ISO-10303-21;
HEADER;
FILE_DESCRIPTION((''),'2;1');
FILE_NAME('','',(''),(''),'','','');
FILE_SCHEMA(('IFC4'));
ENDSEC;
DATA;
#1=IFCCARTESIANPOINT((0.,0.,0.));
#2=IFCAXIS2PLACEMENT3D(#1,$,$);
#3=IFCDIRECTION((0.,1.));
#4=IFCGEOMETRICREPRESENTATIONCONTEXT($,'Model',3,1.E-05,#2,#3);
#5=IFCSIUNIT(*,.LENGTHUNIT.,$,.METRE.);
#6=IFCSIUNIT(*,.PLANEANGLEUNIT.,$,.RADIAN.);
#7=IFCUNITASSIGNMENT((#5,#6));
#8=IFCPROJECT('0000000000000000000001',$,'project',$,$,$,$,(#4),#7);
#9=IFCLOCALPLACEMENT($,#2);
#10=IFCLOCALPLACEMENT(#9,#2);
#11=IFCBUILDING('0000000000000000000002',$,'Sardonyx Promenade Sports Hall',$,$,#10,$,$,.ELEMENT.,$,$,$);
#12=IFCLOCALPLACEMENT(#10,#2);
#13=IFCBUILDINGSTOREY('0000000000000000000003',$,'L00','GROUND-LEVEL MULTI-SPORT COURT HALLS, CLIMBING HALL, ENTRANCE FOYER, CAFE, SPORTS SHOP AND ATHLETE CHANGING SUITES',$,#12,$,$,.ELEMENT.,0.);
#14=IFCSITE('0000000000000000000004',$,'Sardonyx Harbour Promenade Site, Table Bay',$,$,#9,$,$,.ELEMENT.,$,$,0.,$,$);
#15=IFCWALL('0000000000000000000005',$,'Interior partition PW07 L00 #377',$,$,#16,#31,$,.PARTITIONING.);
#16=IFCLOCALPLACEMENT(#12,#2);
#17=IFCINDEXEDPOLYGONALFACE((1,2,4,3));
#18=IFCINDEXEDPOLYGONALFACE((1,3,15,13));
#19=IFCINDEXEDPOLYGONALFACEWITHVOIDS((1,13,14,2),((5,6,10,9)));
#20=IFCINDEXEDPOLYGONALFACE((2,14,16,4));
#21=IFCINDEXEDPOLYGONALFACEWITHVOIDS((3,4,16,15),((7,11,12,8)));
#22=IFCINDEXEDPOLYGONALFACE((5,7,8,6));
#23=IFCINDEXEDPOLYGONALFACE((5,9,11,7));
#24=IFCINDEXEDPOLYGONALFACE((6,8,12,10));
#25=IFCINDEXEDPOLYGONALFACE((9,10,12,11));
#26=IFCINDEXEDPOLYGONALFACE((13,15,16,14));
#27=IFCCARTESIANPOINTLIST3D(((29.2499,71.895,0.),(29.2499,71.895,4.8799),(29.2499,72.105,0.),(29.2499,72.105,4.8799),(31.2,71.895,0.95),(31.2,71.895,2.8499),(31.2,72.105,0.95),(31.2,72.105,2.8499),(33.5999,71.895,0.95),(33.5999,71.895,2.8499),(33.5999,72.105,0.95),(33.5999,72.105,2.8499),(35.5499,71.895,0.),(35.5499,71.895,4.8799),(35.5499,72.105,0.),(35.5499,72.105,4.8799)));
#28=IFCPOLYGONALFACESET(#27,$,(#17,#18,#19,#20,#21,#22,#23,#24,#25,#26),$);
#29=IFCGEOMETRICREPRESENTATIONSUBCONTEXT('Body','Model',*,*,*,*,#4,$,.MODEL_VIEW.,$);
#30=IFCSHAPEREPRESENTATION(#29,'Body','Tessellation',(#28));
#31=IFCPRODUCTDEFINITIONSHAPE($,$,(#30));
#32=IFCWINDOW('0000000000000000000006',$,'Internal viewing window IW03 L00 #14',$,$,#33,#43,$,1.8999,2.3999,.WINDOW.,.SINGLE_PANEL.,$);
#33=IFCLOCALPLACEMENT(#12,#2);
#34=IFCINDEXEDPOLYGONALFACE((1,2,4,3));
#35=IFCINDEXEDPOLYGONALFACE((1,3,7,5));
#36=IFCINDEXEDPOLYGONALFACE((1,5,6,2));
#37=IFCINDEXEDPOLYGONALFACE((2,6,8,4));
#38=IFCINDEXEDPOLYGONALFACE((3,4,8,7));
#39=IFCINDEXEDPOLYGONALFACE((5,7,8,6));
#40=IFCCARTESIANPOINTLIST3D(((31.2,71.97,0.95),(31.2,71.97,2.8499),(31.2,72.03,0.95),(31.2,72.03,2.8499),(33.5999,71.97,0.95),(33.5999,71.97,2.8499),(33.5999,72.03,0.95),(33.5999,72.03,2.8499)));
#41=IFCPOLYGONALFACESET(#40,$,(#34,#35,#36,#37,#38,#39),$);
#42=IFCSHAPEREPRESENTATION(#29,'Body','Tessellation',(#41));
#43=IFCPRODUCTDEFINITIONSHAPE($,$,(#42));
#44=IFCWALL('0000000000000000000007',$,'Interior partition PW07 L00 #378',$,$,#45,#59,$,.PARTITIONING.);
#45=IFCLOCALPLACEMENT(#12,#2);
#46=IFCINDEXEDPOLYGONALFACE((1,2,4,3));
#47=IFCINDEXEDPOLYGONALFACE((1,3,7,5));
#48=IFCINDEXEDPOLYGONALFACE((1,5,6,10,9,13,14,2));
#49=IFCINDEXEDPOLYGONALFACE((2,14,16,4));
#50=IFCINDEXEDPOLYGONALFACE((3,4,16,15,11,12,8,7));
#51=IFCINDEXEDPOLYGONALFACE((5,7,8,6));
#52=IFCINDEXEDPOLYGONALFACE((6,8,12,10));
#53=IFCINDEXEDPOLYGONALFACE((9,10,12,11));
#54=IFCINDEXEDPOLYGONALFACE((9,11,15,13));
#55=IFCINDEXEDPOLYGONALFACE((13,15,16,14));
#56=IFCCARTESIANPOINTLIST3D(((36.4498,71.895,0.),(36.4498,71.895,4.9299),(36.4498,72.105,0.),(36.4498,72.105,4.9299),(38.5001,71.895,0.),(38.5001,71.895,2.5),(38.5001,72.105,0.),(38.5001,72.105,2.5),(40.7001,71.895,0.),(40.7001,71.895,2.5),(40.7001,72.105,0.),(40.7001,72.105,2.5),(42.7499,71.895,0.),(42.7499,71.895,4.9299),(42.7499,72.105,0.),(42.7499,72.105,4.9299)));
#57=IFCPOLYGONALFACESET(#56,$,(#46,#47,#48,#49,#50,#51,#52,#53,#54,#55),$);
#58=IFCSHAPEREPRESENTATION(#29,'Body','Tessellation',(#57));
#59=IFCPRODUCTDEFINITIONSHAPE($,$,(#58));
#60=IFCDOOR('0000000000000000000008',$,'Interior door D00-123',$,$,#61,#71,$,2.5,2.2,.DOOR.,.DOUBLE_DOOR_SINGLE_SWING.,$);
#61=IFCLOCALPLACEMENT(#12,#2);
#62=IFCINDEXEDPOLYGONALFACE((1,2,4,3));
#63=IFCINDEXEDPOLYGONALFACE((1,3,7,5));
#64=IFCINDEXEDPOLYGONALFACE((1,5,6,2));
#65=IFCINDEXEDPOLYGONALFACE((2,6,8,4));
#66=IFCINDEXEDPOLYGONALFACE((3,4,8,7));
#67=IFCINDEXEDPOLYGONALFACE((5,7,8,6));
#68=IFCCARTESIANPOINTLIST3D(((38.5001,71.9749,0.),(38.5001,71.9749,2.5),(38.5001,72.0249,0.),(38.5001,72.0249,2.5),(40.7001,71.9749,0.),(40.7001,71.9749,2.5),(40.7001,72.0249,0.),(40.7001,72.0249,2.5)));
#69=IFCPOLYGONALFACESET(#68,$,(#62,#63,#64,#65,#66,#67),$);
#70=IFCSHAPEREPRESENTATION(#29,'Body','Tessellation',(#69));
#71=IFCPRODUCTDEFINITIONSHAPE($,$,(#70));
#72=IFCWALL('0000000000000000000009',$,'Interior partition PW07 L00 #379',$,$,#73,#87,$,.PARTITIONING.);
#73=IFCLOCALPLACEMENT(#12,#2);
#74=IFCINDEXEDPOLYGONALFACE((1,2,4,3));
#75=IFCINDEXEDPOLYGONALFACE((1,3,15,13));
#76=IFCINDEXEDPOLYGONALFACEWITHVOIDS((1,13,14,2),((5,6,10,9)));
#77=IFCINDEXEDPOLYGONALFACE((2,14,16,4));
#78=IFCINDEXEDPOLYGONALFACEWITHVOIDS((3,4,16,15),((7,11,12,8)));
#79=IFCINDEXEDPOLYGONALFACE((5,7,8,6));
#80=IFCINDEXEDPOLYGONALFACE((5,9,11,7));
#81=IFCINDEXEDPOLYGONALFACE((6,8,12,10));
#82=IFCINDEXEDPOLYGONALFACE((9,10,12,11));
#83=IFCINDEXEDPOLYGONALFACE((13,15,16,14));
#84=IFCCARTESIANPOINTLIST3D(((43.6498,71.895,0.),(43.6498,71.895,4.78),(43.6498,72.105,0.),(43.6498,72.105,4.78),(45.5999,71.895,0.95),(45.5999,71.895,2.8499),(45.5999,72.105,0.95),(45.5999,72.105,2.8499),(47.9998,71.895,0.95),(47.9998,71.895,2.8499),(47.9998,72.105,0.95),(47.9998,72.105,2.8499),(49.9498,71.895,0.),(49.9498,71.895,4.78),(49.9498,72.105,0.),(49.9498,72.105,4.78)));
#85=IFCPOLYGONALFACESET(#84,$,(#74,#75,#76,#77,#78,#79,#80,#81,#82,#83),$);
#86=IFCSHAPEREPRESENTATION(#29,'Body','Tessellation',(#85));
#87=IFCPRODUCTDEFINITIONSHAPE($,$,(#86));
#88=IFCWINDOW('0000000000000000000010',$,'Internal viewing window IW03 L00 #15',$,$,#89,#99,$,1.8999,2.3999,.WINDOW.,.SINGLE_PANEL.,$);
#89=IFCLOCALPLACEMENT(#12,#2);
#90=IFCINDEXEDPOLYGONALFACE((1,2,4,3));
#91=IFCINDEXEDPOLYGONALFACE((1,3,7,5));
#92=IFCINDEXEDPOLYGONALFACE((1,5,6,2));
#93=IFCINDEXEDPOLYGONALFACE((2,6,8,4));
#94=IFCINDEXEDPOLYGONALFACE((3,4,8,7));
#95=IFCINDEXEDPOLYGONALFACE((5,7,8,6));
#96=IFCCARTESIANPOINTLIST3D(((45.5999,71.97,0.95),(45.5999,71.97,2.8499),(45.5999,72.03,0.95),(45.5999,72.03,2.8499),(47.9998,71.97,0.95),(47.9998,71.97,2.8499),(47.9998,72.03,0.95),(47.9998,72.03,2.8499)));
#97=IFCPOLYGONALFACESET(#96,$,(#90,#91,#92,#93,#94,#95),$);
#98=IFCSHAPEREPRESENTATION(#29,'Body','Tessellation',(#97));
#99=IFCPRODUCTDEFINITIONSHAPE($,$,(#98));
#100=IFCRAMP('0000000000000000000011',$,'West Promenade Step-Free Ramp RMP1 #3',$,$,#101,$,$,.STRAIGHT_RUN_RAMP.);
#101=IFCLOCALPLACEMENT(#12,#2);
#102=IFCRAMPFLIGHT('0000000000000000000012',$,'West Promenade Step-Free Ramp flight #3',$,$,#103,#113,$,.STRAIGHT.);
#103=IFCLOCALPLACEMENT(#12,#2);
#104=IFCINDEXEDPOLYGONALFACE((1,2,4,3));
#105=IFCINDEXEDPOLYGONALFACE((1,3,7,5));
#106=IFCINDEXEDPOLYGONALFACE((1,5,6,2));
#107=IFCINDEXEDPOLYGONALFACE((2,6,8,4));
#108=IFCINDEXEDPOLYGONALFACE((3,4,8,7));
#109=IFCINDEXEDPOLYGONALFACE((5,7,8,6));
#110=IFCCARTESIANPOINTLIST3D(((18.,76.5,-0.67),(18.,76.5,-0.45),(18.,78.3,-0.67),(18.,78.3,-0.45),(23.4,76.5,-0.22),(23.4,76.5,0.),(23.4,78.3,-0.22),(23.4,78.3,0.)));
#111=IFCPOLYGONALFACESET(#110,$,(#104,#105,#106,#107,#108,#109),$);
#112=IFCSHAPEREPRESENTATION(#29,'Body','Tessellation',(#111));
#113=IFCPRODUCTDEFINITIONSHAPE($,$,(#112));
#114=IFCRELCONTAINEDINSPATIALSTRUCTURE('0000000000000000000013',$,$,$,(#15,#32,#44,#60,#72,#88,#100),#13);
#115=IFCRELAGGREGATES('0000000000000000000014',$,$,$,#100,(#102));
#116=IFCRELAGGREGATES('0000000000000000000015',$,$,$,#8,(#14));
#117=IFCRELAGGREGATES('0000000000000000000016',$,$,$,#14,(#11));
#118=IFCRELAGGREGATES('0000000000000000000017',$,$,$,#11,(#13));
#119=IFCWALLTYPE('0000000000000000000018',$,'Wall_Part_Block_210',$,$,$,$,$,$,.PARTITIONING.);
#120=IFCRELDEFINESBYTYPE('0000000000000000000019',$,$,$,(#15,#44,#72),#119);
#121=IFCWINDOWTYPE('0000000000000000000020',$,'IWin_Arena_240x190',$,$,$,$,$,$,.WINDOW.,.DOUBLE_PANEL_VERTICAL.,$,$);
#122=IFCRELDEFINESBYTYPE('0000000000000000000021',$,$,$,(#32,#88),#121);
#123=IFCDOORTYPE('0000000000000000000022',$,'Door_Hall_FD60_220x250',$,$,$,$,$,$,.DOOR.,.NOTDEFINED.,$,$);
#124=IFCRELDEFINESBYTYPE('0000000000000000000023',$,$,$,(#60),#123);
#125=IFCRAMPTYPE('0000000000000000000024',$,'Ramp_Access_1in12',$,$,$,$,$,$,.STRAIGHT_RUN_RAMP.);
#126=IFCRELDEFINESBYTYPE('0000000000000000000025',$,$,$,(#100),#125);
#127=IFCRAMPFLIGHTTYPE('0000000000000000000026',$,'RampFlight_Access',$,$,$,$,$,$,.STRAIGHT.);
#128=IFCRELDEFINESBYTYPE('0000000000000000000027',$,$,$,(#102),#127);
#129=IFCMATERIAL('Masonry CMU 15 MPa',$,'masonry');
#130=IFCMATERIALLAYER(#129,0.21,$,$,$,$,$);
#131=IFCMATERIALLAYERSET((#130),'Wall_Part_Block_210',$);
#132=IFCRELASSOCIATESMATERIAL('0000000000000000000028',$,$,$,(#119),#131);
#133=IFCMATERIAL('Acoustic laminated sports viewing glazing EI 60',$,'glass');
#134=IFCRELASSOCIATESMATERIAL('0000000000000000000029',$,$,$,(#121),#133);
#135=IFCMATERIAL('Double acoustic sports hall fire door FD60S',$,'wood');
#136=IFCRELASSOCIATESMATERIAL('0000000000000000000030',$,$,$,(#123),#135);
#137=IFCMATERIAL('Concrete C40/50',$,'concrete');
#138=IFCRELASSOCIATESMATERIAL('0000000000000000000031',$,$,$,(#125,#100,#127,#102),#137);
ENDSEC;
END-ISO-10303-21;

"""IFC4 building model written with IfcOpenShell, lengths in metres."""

from ifc_helpers import new_model, si_unit, direction, frame, frame_2d, origin, place, context, subcontext, project, spatial, polyline, rectangle, outline, extrude, material, layer, layer_set, type_object, element, fill, aggregate, save


model = new_model("IFC4")

# Units and contexts
model_context = context("Model", 3, precision=1e-05, world=origin(), true_north=direction((0.0, 1.0)))
body_context = subcontext(model_context, "Body", "Model", "MODEL_VIEW")
ifc_project = project(units=[si_unit("LENGTHUNIT", "METRE"), si_unit("PLANEANGLEUNIT", "RADIAN")], contexts=[model_context])

# Site, building, storey
site_placement = place(None, origin())
site = spatial("IfcSite", under=ifc_project, at=site_placement, Name="Sardonyx Harbour Promenade Site, Table Bay", CompositionType="ELEMENT", RefElevation=0.0)
building_placement = place(site_placement, origin())
building = spatial("IfcBuilding", under=site, at=building_placement, Name="Sardonyx Promenade Sports Hall", CompositionType="ELEMENT")
storey_placement = place(building_placement, origin())
storey = spatial("IfcBuildingStorey", under=building, at=storey_placement, Name="L00", Description="GROUND-LEVEL MULTI-SPORT COURT HALLS, CLIMBING HALL, ENTRANCE FOYER, CAFE, SPORTS SHOP AND ATHLETE CHANGING SUITES", CompositionType="ELEMENT", Elevation=0.0)

# Wall, opening, window
ifc_material_1 = material(Name="Masonry CMU 15 MPa", Category="masonry")
ifc_layer_1 = layer(ifc_material_1, 0.21)
ifc_layer_set_1 = layer_set([ifc_layer_1], Name="Wall_Part_Block_210")
wall_type_1 = type_object("IfcWallType", Name="Wall_Part_Block_210", PredefinedType="PARTITIONING", material=ifc_layer_set_1)
wall_1_placement = place(storey_placement, frame((29.25, 72.0, 0.0), z_axis=(0.0, 0.0, 1.0), x_axis=(1.0, 0.0, 0.0)))
wall_1 = element("IfcWall", 1, at=wall_1_placement, inside=storey, type_object=wall_type_1, Name="Interior partition PW07 L00 #377", PredefinedType="PARTITIONING", context=body_context, shape_type="SweptSolid", body=[
    extrude(rectangle(XDim=6.3, YDim=0.21, at=frame_2d((3.1499, 0.0))), origin(), (0.0, 0.0, 1.0), 4.8799),
])
opening_1_placement = place(wall_1_placement, frame((1.95, 0.0, 0.95)))
opening_1 = element("IfcOpeningElement", 2, at=opening_1_placement, cuts=wall_1, PredefinedType="OPENING", context=body_context, shape_type="SweptSolid", body=[
    extrude(rectangle(XDim=2.3999, YDim=1.8999, at=frame_2d((1.2, 0.95))), frame((0.0, 0.115, 0.0), z_axis=(0.0, -1.0, 0.0), x_axis=(1.0, 0.0, 0.0)), (0.0, 0.0, 1.0), 0.23),
])
ifc_material_2 = material(Name="Acoustic laminated sports viewing glazing EI 60", Category="glass")
window_type_1 = type_object("IfcWindowType", Name="IWin_Arena_240x190", PartitioningType="DOUBLE_PANEL_VERTICAL", PredefinedType="WINDOW", material=ifc_material_2)
window_1_placement = place(opening_1_placement, origin())
window_1 = element("IfcWindow", 3, at=window_1_placement, inside=storey, type_object=window_type_1, Name="Internal viewing window IW03 L00 #14", OverallHeight=1.8999, OverallWidth=2.3999, PartitioningType="SINGLE_PANEL", PredefinedType="WINDOW", context=body_context, shape_type="SweptSolid", body=[
    extrude(rectangle(XDim=2.3999, YDim=1.8999, at=frame_2d((1.2, 0.95))), frame((0.0, 0.03, 0.0), z_axis=(0.0, -1.0, 0.0), x_axis=(1.0, 0.0, 0.0)), (0.0, 0.0, 1.0), 0.0601),
])
fill(opening_1, window_1)

# Wall, opening, door
wall_2_placement = place(storey_placement, frame((36.45, 72.0, 0.0), z_axis=(0.0, 0.0, 1.0), x_axis=(1.0, 0.0, 0.0)))
wall_2 = element("IfcWall", 4, at=wall_2_placement, inside=storey, type_object=wall_type_1, Name="Interior partition PW07 L00 #378", PredefinedType="PARTITIONING", context=body_context, shape_type="SweptSolid", body=[
    extrude(rectangle(XDim=6.3, YDim=0.21, at=frame_2d((3.1499, 0.0))), origin(), (0.0, 0.0, 1.0), 4.9299),
])
opening_2_placement = place(wall_2_placement, frame((2.05, 0.0, 0.0)))
opening_2 = element("IfcOpeningElement", 5, at=opening_2_placement, cuts=wall_2, PredefinedType="OPENING", context=body_context, shape_type="SweptSolid", body=[
    extrude(rectangle(XDim=2.2, YDim=2.5, at=frame_2d((1.1001, 1.25))), frame((0.0, 0.115, 0.0), z_axis=(0.0, -1.0, 0.0), x_axis=(1.0, 0.0, 0.0)), (0.0, 0.0, 1.0), 0.23),
])
ifc_material_3 = material(Name="Double acoustic sports hall fire door FD60S", Category="wood")
door_type_1 = type_object("IfcDoorType", Name="Door_Hall_FD60_220x250", OperationType="NOTDEFINED", PredefinedType="DOOR", material=ifc_material_3)
door_1_placement = place(opening_2_placement, origin())
door_1 = element("IfcDoor", 6, at=door_1_placement, inside=storey, type_object=door_type_1, Name="Interior door D00-123", OperationType="DOUBLE_DOOR_SINGLE_SWING", OverallHeight=2.5, OverallWidth=2.2, PredefinedType="DOOR", context=body_context, shape_type="SweptSolid", body=[
    extrude(rectangle(XDim=2.2, YDim=2.5, at=frame_2d((1.1001, 1.25))), frame((0.0, 0.0249, 0.0), z_axis=(0.0, -1.0, 0.0), x_axis=(1.0, 0.0, 0.0)), (0.0, 0.0, 1.0), 0.05),
])
fill(opening_2, door_1)

# Wall, opening, window
wall_3_placement = place(storey_placement, frame((43.6499, 72.0, 0.0), z_axis=(0.0, 0.0, 1.0), x_axis=(1.0, 0.0, 0.0)))
wall_3 = element("IfcWall", 7, at=wall_3_placement, inside=storey, type_object=wall_type_1, Name="Interior partition PW07 L00 #379", PredefinedType="PARTITIONING", context=body_context, shape_type="SweptSolid", body=[
    extrude(rectangle(XDim=6.3, YDim=0.21, at=frame_2d((3.1499, 0.0))), origin(), (0.0, 0.0, 1.0), 4.78),
])
opening_3_placement = place(wall_3_placement, frame((1.95, 0.0, 0.95)))
opening_3 = element("IfcOpeningElement", 8, at=opening_3_placement, cuts=wall_3, PredefinedType="OPENING", context=body_context, shape_type="SweptSolid", body=[
    extrude(rectangle(XDim=2.3999, YDim=1.8999, at=frame_2d((1.2, 0.95))), frame((0.0, 0.115, 0.0), z_axis=(0.0, -1.0, 0.0), x_axis=(1.0, 0.0, 0.0)), (0.0, 0.0, 1.0), 0.23),
])
window_2_placement = place(opening_3_placement, origin())
window_2 = element("IfcWindow", 9, at=window_2_placement, inside=storey, type_object=window_type_1, Name="Internal viewing window IW03 L00 #15", OverallHeight=1.8999, OverallWidth=2.3999, PartitioningType="SINGLE_PANEL", PredefinedType="WINDOW", context=body_context, shape_type="SweptSolid", body=[
    extrude(rectangle(XDim=2.3999, YDim=1.8999, at=frame_2d((1.2, 0.95))), frame((0.0, 0.03, 0.0), z_axis=(0.0, -1.0, 0.0), x_axis=(1.0, 0.0, 0.0)), (0.0, 0.0, 1.0), 0.0601),
])
fill(opening_3, window_2)

# Ramp, ramp flight
ifc_material_4 = material(Name="Concrete C40/50", Category="concrete")
ramp_type = type_object("IfcRampType", Name="Ramp_Access_1in12", PredefinedType="STRAIGHT_RUN_RAMP", material=ifc_material_4)
ramp_placement = place(storey_placement, frame((18.0, 77.4, -0.45), z_axis=(0.0, 0.0, 1.0), x_axis=(1.0, 0.0, 0.0)))
ramp = element("IfcRamp", 10, at=ramp_placement, inside=storey, type_object=ramp_type, material=ifc_material_4, Name="West Promenade Step-Free Ramp RMP1 #3", PredefinedType="STRAIGHT_RUN_RAMP")
ramp_flight_type = type_object("IfcRampFlightType", Name="RampFlight_Access", PredefinedType="STRAIGHT", material=ifc_material_4)
ramp_flight_placement = place(storey_placement, frame((18.0, 77.4, -0.45), z_axis=(0.0, -1.0, 0.0), x_axis=(1.0, 0.0, 0.0)))
ramp_flight = element("IfcRampFlight", 11, at=ramp_flight_placement, type_object=ramp_flight_type, material=ifc_material_4, Name="West Promenade Step-Free Ramp flight #3", PredefinedType="STRAIGHT", context=body_context, shape_type="SweptSolid", body=[
    extrude(outline(polyline([(0.0, 0.0), (5.4, 0.45), (5.4, 0.23), (0.0, -0.22), (0.0, 0.0)])), frame((0.0, 0.0, -0.9)), (0.0, 0.0, 1.0), 1.8),
])
aggregate(ramp, [ramp_flight])

save(model, "model.ifc")
